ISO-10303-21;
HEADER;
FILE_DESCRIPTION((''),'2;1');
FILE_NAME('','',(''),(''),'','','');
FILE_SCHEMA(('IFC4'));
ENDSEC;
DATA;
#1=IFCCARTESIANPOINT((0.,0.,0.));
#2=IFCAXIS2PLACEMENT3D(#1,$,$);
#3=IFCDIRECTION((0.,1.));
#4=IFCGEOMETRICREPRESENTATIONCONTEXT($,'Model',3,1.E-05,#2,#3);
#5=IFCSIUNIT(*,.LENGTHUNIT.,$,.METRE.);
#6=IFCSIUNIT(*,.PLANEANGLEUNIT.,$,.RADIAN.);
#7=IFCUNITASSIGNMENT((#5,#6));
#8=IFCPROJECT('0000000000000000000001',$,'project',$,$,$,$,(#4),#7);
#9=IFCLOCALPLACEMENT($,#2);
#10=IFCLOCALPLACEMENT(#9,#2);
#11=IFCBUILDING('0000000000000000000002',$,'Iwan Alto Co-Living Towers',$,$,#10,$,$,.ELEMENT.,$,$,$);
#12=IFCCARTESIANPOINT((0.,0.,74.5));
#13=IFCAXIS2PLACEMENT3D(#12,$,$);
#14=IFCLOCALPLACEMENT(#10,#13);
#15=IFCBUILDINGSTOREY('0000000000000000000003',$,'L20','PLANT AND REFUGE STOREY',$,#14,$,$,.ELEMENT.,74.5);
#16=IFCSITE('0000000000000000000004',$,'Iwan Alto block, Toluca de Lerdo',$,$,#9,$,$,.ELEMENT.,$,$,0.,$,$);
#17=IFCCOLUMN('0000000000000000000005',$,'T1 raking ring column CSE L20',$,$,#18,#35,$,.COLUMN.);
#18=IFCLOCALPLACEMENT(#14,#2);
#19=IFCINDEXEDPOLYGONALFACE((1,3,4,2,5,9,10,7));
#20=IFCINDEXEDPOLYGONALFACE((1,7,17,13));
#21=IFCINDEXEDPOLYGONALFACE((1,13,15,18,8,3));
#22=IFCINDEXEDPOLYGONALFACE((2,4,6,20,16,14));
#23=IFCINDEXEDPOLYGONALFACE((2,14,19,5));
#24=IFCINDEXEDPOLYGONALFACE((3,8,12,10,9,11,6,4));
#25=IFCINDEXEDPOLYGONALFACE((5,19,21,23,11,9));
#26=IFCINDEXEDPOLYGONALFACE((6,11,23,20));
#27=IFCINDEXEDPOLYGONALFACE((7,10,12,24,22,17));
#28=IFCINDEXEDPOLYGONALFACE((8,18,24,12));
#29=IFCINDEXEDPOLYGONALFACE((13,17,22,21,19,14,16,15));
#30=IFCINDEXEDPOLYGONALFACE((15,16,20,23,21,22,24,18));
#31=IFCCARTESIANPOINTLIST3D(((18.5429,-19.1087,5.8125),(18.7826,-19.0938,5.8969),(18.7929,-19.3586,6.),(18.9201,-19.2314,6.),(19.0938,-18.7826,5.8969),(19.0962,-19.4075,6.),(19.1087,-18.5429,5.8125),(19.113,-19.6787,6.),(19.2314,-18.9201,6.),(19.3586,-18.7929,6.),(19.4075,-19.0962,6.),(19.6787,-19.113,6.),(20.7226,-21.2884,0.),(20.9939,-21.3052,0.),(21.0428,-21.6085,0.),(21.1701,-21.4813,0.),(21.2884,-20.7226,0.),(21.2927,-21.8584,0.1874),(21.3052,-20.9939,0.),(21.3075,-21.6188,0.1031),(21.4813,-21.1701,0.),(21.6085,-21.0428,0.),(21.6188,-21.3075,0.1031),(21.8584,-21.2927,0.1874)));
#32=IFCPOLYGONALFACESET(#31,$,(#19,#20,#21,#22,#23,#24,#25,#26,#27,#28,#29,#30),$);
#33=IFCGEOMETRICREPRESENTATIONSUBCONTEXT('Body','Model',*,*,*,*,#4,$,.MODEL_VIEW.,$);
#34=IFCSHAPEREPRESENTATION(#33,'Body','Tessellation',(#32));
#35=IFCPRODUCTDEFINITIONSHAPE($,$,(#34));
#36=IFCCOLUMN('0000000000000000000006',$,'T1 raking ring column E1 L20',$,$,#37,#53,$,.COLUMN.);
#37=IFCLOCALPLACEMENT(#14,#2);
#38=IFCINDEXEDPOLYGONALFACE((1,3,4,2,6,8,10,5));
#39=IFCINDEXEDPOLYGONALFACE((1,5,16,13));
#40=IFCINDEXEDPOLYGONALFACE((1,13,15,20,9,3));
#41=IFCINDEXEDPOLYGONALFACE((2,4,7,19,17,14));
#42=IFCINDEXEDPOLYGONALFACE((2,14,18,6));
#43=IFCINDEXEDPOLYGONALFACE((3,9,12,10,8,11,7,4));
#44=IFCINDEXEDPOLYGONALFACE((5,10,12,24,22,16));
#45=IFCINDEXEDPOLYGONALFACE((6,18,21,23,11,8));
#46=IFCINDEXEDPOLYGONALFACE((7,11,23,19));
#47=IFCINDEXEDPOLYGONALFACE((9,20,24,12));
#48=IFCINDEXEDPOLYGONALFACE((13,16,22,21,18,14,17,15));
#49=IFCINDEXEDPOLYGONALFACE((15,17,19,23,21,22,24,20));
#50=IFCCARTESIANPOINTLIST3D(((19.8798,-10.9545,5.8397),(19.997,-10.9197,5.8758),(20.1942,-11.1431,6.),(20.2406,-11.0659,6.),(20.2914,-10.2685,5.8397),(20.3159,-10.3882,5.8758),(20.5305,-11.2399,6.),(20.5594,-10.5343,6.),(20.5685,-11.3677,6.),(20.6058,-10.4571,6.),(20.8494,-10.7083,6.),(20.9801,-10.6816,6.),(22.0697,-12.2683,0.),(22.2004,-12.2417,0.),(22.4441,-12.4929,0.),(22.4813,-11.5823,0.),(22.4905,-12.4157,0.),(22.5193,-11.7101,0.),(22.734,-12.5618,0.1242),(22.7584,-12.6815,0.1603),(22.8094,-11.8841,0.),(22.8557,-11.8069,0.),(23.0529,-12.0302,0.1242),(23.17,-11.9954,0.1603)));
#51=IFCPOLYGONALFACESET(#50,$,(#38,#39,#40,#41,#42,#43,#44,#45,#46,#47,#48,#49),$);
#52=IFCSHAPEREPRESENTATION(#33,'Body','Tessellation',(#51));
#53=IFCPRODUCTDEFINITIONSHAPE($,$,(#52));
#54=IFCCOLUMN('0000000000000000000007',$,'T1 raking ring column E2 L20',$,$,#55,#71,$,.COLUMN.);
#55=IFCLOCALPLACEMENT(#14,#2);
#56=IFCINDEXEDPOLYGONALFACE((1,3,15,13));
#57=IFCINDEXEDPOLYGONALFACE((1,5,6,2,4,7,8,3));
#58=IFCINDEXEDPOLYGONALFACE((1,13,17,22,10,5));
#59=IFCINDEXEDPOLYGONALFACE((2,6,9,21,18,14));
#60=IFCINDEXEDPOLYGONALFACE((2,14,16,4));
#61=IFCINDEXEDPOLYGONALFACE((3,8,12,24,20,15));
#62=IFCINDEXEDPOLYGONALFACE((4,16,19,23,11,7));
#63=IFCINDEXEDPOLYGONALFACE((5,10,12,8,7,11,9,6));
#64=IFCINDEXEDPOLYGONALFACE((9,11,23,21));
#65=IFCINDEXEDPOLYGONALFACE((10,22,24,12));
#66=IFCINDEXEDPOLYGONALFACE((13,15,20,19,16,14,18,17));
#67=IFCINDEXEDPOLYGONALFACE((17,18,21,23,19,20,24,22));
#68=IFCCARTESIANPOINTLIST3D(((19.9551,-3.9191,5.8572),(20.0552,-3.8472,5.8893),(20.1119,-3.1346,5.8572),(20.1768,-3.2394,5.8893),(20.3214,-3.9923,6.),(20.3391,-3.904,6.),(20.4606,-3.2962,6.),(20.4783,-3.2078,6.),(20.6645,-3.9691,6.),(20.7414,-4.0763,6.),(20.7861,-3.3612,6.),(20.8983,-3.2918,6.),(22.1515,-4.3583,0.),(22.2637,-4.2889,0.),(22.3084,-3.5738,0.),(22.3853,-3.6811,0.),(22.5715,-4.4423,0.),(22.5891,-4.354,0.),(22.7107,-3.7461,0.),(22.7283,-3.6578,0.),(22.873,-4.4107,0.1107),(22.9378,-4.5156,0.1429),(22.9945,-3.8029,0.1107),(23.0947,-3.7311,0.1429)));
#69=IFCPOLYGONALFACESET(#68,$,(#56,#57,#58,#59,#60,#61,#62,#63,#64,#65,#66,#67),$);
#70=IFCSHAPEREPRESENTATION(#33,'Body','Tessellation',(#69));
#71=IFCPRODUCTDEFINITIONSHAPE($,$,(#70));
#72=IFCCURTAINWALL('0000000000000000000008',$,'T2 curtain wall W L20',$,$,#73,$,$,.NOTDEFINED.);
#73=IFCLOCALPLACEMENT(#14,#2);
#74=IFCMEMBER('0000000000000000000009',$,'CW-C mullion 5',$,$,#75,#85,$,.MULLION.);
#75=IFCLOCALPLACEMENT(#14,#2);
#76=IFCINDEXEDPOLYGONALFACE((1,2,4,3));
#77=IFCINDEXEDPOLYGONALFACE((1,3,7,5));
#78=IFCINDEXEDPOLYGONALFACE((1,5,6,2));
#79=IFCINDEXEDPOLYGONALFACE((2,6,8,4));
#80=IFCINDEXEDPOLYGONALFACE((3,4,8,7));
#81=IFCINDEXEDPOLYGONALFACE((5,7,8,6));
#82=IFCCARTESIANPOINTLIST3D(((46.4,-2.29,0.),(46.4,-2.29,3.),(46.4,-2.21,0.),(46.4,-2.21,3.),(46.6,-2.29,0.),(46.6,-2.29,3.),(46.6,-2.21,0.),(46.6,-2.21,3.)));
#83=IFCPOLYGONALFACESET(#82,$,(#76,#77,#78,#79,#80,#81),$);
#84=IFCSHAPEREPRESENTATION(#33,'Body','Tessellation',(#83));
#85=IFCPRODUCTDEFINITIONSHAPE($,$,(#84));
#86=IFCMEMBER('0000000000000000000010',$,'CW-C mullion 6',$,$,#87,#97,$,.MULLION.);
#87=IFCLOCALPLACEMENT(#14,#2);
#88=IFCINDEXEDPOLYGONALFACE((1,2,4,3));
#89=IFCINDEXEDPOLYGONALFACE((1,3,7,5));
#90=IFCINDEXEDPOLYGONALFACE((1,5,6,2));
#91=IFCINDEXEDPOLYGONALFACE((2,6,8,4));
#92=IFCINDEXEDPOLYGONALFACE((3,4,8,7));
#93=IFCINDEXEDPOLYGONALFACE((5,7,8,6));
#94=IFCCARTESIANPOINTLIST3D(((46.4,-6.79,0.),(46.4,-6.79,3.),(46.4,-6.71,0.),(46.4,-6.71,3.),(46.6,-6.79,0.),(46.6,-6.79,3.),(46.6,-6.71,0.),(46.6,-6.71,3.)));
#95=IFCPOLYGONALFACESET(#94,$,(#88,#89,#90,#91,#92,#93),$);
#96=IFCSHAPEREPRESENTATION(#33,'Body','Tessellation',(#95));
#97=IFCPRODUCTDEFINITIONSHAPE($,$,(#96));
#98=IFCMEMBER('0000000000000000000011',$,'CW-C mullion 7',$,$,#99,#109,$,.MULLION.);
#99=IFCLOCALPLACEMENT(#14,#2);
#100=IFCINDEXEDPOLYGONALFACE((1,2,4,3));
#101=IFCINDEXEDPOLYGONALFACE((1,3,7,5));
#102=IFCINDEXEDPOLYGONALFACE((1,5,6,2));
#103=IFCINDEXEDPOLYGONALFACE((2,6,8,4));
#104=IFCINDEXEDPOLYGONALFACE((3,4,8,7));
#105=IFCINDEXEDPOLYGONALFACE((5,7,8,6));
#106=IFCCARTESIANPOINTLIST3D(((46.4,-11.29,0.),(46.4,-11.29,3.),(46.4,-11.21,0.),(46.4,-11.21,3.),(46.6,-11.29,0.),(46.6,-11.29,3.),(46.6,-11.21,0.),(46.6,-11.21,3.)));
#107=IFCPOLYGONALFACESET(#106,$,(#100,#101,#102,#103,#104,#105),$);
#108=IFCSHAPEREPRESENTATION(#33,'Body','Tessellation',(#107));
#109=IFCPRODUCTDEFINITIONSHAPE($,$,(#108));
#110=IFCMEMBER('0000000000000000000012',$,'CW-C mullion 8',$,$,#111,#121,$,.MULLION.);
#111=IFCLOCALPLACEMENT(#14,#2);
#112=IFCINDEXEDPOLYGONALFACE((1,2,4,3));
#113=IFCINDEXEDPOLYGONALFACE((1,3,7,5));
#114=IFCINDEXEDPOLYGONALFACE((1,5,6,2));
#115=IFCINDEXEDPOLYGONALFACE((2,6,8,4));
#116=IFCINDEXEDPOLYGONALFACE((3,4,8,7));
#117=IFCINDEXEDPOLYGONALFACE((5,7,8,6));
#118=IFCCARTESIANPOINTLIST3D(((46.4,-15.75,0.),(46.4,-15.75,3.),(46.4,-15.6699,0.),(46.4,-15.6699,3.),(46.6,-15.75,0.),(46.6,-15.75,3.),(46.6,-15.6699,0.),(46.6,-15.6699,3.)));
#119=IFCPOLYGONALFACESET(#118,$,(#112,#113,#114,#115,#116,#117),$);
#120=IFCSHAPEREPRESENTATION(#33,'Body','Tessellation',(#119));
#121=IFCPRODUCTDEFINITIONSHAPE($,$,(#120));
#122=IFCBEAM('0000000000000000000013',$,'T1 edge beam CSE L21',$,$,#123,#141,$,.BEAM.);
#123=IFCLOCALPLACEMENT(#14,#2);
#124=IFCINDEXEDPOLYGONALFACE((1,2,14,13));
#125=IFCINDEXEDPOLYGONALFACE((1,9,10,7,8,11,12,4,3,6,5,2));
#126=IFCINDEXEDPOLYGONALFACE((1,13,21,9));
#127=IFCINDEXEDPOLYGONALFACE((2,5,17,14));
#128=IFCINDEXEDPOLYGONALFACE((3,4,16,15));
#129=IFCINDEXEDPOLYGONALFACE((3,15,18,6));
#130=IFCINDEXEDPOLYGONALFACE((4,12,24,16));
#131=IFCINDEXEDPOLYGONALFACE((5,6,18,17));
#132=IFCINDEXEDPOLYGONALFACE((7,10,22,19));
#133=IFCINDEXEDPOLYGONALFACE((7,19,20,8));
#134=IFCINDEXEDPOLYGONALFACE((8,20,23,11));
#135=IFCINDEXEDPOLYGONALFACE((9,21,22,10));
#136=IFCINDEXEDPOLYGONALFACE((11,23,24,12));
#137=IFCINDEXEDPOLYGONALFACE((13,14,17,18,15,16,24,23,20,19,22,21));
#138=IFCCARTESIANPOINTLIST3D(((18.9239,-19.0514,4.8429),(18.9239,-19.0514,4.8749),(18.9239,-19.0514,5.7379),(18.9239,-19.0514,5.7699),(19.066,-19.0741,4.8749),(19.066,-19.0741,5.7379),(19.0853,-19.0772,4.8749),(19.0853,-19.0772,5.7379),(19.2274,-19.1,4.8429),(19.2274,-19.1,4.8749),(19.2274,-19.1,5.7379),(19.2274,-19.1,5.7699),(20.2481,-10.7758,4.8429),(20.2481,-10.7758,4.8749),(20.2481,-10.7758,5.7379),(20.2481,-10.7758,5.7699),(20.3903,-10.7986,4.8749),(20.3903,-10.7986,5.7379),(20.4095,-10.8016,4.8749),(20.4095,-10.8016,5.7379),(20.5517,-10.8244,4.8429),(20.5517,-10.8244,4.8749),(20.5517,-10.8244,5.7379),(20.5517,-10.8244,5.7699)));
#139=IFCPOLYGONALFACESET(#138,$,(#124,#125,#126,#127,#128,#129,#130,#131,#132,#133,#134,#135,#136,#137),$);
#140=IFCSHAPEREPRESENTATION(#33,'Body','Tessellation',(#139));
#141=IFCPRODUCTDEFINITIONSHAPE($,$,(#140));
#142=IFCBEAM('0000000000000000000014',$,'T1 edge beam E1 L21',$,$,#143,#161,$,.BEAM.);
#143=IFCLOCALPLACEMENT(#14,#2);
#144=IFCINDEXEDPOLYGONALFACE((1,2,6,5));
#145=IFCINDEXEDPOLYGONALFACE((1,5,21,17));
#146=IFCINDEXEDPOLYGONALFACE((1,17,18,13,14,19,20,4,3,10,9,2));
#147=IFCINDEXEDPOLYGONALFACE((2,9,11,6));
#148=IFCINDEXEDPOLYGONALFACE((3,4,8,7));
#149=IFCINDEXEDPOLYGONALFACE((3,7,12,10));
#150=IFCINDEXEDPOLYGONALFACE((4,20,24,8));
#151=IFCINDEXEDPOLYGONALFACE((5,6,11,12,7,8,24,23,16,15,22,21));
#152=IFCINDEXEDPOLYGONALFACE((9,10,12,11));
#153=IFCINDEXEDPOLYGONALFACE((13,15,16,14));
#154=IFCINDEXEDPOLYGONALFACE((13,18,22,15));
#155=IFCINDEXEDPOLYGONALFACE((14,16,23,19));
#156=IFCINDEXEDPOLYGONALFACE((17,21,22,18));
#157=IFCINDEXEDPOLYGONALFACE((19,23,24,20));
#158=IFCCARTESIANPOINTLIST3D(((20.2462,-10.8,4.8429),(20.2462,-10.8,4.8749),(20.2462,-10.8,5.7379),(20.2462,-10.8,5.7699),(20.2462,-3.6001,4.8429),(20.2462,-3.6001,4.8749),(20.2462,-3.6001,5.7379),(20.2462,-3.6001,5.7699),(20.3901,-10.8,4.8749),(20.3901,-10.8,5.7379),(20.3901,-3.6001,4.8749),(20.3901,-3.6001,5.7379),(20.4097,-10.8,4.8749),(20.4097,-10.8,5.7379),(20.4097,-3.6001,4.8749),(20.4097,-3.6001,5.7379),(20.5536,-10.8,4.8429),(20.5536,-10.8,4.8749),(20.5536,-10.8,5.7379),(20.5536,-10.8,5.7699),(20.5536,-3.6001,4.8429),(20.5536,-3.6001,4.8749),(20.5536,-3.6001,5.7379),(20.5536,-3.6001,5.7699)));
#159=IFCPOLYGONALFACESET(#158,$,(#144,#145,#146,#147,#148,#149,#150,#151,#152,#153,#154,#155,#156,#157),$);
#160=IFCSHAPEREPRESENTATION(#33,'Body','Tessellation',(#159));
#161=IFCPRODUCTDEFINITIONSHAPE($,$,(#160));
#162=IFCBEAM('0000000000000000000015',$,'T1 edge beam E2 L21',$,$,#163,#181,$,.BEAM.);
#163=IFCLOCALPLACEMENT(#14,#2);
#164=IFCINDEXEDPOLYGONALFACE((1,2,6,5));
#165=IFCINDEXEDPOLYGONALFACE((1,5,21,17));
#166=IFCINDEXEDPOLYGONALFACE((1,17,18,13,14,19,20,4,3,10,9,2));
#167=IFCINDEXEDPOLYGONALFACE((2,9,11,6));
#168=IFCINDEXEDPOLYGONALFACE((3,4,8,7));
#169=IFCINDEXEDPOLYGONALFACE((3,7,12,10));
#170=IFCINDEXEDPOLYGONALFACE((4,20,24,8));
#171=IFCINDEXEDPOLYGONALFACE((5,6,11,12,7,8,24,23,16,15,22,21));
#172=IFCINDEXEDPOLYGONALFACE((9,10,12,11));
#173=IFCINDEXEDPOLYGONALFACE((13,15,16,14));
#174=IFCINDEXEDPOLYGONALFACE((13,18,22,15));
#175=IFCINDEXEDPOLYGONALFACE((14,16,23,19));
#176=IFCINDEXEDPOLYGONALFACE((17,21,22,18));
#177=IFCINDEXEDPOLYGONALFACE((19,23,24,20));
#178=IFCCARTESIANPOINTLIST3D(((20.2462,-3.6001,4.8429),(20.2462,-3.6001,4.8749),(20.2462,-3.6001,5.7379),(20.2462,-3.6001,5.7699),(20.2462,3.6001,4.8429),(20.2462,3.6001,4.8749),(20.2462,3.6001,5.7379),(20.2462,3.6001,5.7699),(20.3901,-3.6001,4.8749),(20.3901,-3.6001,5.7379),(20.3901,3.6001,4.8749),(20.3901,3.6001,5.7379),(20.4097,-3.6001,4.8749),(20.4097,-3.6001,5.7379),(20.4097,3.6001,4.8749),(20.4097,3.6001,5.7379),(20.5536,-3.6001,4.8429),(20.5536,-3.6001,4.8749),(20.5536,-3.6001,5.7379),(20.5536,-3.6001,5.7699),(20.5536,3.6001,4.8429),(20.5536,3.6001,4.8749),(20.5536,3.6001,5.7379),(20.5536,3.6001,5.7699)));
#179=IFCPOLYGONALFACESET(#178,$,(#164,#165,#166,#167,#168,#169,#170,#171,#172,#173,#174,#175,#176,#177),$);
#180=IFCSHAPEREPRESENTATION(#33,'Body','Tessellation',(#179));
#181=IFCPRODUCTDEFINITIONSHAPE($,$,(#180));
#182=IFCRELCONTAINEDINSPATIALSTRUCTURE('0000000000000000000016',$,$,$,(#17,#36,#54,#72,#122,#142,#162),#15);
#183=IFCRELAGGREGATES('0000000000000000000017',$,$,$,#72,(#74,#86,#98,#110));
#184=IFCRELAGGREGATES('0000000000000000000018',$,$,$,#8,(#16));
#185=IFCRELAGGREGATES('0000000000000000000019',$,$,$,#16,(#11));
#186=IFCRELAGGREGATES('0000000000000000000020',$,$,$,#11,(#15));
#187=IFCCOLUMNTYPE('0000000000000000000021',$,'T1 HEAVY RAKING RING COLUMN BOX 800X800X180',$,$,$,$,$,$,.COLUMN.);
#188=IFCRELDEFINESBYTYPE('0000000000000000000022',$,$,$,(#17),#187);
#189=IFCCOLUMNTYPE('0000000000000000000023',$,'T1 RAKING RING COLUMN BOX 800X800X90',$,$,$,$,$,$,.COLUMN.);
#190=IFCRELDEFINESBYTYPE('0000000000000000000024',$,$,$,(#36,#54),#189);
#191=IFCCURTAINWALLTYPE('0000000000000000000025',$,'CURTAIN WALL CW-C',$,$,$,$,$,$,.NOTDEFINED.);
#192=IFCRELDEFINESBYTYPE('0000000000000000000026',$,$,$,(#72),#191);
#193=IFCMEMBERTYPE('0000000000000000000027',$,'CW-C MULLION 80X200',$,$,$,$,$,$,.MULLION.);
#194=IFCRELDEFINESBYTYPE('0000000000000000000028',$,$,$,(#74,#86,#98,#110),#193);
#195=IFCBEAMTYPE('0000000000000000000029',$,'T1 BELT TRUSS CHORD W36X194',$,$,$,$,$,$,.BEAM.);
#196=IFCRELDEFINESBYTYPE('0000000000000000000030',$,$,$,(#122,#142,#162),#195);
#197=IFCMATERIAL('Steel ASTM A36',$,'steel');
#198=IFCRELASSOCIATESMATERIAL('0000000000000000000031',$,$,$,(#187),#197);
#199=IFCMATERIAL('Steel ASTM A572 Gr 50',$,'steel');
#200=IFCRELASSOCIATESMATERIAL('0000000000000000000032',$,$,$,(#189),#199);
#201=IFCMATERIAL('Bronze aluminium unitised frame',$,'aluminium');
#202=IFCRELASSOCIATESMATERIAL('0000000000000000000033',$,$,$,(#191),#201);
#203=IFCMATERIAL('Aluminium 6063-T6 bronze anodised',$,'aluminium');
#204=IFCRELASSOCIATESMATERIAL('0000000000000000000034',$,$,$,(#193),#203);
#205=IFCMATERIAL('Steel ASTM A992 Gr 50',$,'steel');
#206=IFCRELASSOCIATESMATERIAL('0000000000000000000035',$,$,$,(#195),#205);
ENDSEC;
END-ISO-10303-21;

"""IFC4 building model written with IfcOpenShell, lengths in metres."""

from ifc_helpers import new_model, si_unit, direction, frame, origin, origin_2d, place, context, subcontext, project, spatial, rectangle, hollow_rectangle, i_section, extrude, clip, halfspace, material, material_profile, profile_set, type_object, element, aggregate, save


model = new_model("IFC4")

# Units and contexts
model_context = context("Model", 3, precision=1e-05, world=origin(), true_north=direction((0.0, 1.0)))
body_context = subcontext(model_context, "Body", "Model", "MODEL_VIEW")
ifc_project = project(units=[si_unit("LENGTHUNIT", "METRE"), si_unit("PLANEANGLEUNIT", "RADIAN")], contexts=[model_context])

# Site, building, storey
site_placement = place(None, origin())
site = spatial("IfcSite", under=ifc_project, at=site_placement, Name="Iwan Alto block, Toluca de Lerdo", CompositionType="ELEMENT", RefElevation=0.0)
building_placement = place(site_placement, origin())
building = spatial("IfcBuilding", under=site, at=building_placement, Name="Iwan Alto Co-Living Towers", CompositionType="ELEMENT")
storey_placement = place(building_placement, frame((0.0, 0.0, 74.5)))
storey = spatial("IfcBuildingStorey", under=building, at=storey_placement, Name="L20", Description="PLANT AND REFUGE STOREY", CompositionType="ELEMENT", Elevation=74.5)

# Columns
ifc_material_1 = material(Name="Steel ASTM A36", Category="steel")
ifc_material_profile_1 = material_profile(ifc_material_1, hollow_rectangle(XDim=0.8, YDim=0.8, WallThickness=0.1799, at=origin_2d()), Name="BOX 800X800X180")
ifc_profile_set_1 = profile_set([ifc_material_profile_1], Name="Steel ASTM A36")
column_type_1 = type_object("IfcColumnType", Name="T1 HEAVY RAKING RING COLUMN BOX 800X800X180", PredefinedType="COLUMN", material=ifc_profile_set_1)
column_1_placement = place(storey_placement, frame((21.3257, -21.3257, 0.0), z_axis=(-0.331295, 0.331295, 0.883452), x_axis=(-0.707107, -0.707107, 0.0)))
element("IfcColumn", 1, at=column_1_placement, inside=storey, type_object=column_type_1, Name="T1 raking ring column CSE L20", PredefinedType="COLUMN", context=body_context, shape_type="Clipping", body=[
    clip(clip(extrude(hollow_rectangle(XDim=0.8, YDim=0.8, WallThickness=0.1799, at=origin_2d()), origin(), (0.0, 0.0, 1.0), 6.7915), halfspace(frame((0.0, 0.0, 0.0), z_axis=(0.0, -0.468521, -0.883452), x_axis=(-0.707107, 0.624695, -0.331295)), False)), halfspace(frame((0.0, 2.811, 5.3008), z_axis=(0.0, 0.468521, 0.883452), x_axis=(-0.707107, 0.624695, -0.331295)), False)),
])
ifc_material_2 = material(Name="Steel ASTM A572 Gr 50", Category="steel")
ifc_material_profile_2 = material_profile(ifc_material_2, hollow_rectangle(XDim=0.8, YDim=0.8, WallThickness=0.0901, at=origin_2d()), Name="BOX 800X800X90")
ifc_profile_set_2 = profile_set([ifc_material_profile_2], Name="Steel ASTM A572 Gr 50")
column_type_2 = type_object("IfcColumnType", Name="T1 RAKING RING COLUMN BOX 800X800X90", PredefinedType="COLUMN", material=ifc_profile_set_2)
column_2_placement = place(storey_placement, frame((22.6499, -12.1499, 0.0), z_axis=(-0.343583, 0.206128, 0.916222), x_axis=(-0.514455, -0.857518, 0.0)))
element("IfcColumn", 2, at=column_2_placement, inside=storey, type_object=column_type_2, Name="T1 raking ring column E1 L20", PredefinedType="COLUMN", context=body_context, shape_type="Clipping", body=[
    clip(clip(extrude(hollow_rectangle(XDim=0.8, YDim=0.8, WallThickness=0.0901, at=origin_2d()), origin(), (0.0, 0.0, 1.0), 6.5486), halfspace(frame((0.0, 0.0, 0.0), z_axis=(0.0, -0.400672, -0.916222), x_axis=(-0.514455, 0.785676, -0.343583)), False)), halfspace(frame((0.0, 2.4041, 5.4973), z_axis=(0.0, 0.400672, 0.916222), x_axis=(-0.514455, 0.785676, -0.343583)), False)),
])
column_3_placement = place(storey_placement, frame((22.6499, -4.05, 0.0), z_axis=(-0.350261, 0.070045, 0.934029), x_axis=(-0.196096, -0.980585, 0.0)))
element("IfcColumn", 3, at=column_3_placement, inside=storey, type_object=column_type_2, Name="T1 raking ring column E2 L20", PredefinedType="COLUMN", context=body_context, shape_type="Clipping", body=[
    clip(clip(extrude(hollow_rectangle(XDim=0.8, YDim=0.8, WallThickness=0.0901, at=origin_2d()), origin(), (0.0, 0.0, 1.0), 6.4238), halfspace(frame((0.0, 0.0, 0.0), z_axis=(0.0, -0.357196, -0.934029), x_axis=(-0.196096, 0.915895, -0.350261)), False)), halfspace(frame((0.0, 2.1431, 5.6042), z_axis=(0.0, 0.357196, 0.934029), x_axis=(-0.196096, 0.915895, -0.350261)), False)),
])

# Curtain wall, members
ifc_material_3 = material(Name="Bronze aluminium unitised frame", Category="aluminium")
curtain_wall_type = type_object("IfcCurtainWallType", Name="CURTAIN WALL CW-C", PredefinedType="NOTDEFINED", material=ifc_material_3)
curtain_wall_placement = place(storey_placement, origin())
curtain_wall = element("IfcCurtainWall", 4, at=curtain_wall_placement, inside=storey, type_object=curtain_wall_type, Name="T2 curtain wall W L20", PredefinedType="NOTDEFINED")
ifc_material_4 = material(Name="Aluminium 6063-T6 bronze anodised", Category="aluminium")
ifc_material_profile_3 = material_profile(ifc_material_4, rectangle(XDim=0.2, YDim=0.0801, at=origin_2d()), Name="AL 80X200")
ifc_profile_set_3 = profile_set([ifc_material_profile_3], Name="Aluminium 6063-T6 bronze anodised")
member_type_1 = type_object("IfcMemberType", Name="CW-C MULLION 80X200", PredefinedType="MULLION", material=ifc_profile_set_3)
member_1_placement = place(storey_placement, frame((46.5, -2.25, 0.0), z_axis=(0.0, 0.0, 1.0), x_axis=(1.0, 0.0, 0.0)))
member_1 = element("IfcMember", 5, at=member_1_placement, type_object=member_type_1, Name="CW-C mullion 5", PredefinedType="MULLION", context=body_context, shape_type="SweptSolid", body=[
    extrude(rectangle(XDim=0.2, YDim=0.0801, at=origin_2d()), origin(), (0.0, 0.0, 1.0), 3.0),
])
member_2_placement = place(storey_placement, frame((46.5, -6.75, 0.0), z_axis=(0.0, 0.0, 1.0), x_axis=(1.0, 0.0, 0.0)))
member_2 = element("IfcMember", 6, at=member_2_placement, type_object=member_type_1, Name="CW-C mullion 6", PredefinedType="MULLION", context=body_context, shape_type="SweptSolid", body=[
    extrude(rectangle(XDim=0.2, YDim=0.0801, at=origin_2d()), origin(), (0.0, 0.0, 1.0), 3.0),
])
member_3_placement = place(storey_placement, frame((46.5, -11.25, 0.0), z_axis=(0.0, 0.0, 1.0), x_axis=(1.0, 0.0, 0.0)))
member_3 = element("IfcMember", 7, at=member_3_placement, type_object=member_type_1, Name="CW-C mullion 7", PredefinedType="MULLION", context=body_context, shape_type="SweptSolid", body=[
    extrude(rectangle(XDim=0.2, YDim=0.0801, at=origin_2d()), origin(), (0.0, 0.0, 1.0), 3.0),
])
member_4_placement = place(storey_placement, frame((46.5, -15.71, 0.0), z_axis=(0.0, 0.0, 1.0), x_axis=(1.0, 0.0, 0.0)))
member_4 = element("IfcMember", 8, at=member_4_placement, type_object=member_type_1, Name="CW-C mullion 8", PredefinedType="MULLION", context=body_context, shape_type="SweptSolid", body=[
    extrude(rectangle(XDim=0.2, YDim=0.0801, at=origin_2d()), origin(), (0.0, 0.0, 1.0), 3.0),
])
aggregate(curtain_wall, [member_1, member_2, member_3, member_4])

# Beams
ifc_material_5 = material(Name="Steel ASTM A992 Gr 50", Category="steel")
ifc_material_profile_4 = material_profile(ifc_material_5, i_section(OverallWidth=0.3074, OverallDepth=0.927, WebThickness=0.0195, FlangeThickness=0.032, at=origin_2d()), Name="W36X194")
ifc_profile_set_4 = profile_set([ifc_material_profile_4], Name="Steel ASTM A992 Gr 50")
beam_type_1 = type_object("IfcBeamType", Name="T1 BELT TRUSS CHORD W36X194", PredefinedType="BEAM", material=ifc_profile_set_4)
beam_1_placement = place(storey_placement, frame((19.0757, -19.0757, 5.3064), z_axis=(0.158004, 0.987438, 0.0), x_axis=(-0.987438, 0.158004, 0.0)))
element("IfcBeam", 9, at=beam_1_placement, inside=storey, type_object=beam_type_1, Name="T1 edge beam CSE L21", PredefinedType="BEAM", context=body_context, shape_type="SweptSolid", body=[
    extrude(i_section(OverallWidth=0.3074, OverallDepth=0.927, WebThickness=0.0195, FlangeThickness=0.032, at=origin_2d()), origin(), (0.0, 0.0, 1.0), 8.3809),
])
beam_2_placement = place(storey_placement, frame((20.3999, -10.8, 5.3064), z_axis=(0.0, 1.0, 0.0), x_axis=(-1.0, 0.0, 0.0)))
element("IfcBeam", 10, at=beam_2_placement, inside=storey, type_object=beam_type_1, Name="T1 edge beam E1 L21", PredefinedType="BEAM", context=body_context, shape_type="SweptSolid", body=[
    extrude(i_section(OverallWidth=0.3074, OverallDepth=0.927, WebThickness=0.0195, FlangeThickness=0.032, at=origin_2d()), origin(), (0.0, 0.0, 1.0), 7.2),
])
beam_3_placement = place(storey_placement, frame((20.3999, -3.6001, 5.3064), z_axis=(0.0, 1.0, 0.0), x_axis=(-1.0, 0.0, 0.0)))
element("IfcBeam", 11, at=beam_3_placement, inside=storey, type_object=beam_type_1, Name="T1 edge beam E2 L21", PredefinedType="BEAM", context=body_context, shape_type="SweptSolid", body=[
    extrude(i_section(OverallWidth=0.3074, OverallDepth=0.927, WebThickness=0.0195, FlangeThickness=0.032, at=origin_2d()), origin(), (0.0, 0.0, 1.0), 7.2002),
])

save(model, "model.ifc")
